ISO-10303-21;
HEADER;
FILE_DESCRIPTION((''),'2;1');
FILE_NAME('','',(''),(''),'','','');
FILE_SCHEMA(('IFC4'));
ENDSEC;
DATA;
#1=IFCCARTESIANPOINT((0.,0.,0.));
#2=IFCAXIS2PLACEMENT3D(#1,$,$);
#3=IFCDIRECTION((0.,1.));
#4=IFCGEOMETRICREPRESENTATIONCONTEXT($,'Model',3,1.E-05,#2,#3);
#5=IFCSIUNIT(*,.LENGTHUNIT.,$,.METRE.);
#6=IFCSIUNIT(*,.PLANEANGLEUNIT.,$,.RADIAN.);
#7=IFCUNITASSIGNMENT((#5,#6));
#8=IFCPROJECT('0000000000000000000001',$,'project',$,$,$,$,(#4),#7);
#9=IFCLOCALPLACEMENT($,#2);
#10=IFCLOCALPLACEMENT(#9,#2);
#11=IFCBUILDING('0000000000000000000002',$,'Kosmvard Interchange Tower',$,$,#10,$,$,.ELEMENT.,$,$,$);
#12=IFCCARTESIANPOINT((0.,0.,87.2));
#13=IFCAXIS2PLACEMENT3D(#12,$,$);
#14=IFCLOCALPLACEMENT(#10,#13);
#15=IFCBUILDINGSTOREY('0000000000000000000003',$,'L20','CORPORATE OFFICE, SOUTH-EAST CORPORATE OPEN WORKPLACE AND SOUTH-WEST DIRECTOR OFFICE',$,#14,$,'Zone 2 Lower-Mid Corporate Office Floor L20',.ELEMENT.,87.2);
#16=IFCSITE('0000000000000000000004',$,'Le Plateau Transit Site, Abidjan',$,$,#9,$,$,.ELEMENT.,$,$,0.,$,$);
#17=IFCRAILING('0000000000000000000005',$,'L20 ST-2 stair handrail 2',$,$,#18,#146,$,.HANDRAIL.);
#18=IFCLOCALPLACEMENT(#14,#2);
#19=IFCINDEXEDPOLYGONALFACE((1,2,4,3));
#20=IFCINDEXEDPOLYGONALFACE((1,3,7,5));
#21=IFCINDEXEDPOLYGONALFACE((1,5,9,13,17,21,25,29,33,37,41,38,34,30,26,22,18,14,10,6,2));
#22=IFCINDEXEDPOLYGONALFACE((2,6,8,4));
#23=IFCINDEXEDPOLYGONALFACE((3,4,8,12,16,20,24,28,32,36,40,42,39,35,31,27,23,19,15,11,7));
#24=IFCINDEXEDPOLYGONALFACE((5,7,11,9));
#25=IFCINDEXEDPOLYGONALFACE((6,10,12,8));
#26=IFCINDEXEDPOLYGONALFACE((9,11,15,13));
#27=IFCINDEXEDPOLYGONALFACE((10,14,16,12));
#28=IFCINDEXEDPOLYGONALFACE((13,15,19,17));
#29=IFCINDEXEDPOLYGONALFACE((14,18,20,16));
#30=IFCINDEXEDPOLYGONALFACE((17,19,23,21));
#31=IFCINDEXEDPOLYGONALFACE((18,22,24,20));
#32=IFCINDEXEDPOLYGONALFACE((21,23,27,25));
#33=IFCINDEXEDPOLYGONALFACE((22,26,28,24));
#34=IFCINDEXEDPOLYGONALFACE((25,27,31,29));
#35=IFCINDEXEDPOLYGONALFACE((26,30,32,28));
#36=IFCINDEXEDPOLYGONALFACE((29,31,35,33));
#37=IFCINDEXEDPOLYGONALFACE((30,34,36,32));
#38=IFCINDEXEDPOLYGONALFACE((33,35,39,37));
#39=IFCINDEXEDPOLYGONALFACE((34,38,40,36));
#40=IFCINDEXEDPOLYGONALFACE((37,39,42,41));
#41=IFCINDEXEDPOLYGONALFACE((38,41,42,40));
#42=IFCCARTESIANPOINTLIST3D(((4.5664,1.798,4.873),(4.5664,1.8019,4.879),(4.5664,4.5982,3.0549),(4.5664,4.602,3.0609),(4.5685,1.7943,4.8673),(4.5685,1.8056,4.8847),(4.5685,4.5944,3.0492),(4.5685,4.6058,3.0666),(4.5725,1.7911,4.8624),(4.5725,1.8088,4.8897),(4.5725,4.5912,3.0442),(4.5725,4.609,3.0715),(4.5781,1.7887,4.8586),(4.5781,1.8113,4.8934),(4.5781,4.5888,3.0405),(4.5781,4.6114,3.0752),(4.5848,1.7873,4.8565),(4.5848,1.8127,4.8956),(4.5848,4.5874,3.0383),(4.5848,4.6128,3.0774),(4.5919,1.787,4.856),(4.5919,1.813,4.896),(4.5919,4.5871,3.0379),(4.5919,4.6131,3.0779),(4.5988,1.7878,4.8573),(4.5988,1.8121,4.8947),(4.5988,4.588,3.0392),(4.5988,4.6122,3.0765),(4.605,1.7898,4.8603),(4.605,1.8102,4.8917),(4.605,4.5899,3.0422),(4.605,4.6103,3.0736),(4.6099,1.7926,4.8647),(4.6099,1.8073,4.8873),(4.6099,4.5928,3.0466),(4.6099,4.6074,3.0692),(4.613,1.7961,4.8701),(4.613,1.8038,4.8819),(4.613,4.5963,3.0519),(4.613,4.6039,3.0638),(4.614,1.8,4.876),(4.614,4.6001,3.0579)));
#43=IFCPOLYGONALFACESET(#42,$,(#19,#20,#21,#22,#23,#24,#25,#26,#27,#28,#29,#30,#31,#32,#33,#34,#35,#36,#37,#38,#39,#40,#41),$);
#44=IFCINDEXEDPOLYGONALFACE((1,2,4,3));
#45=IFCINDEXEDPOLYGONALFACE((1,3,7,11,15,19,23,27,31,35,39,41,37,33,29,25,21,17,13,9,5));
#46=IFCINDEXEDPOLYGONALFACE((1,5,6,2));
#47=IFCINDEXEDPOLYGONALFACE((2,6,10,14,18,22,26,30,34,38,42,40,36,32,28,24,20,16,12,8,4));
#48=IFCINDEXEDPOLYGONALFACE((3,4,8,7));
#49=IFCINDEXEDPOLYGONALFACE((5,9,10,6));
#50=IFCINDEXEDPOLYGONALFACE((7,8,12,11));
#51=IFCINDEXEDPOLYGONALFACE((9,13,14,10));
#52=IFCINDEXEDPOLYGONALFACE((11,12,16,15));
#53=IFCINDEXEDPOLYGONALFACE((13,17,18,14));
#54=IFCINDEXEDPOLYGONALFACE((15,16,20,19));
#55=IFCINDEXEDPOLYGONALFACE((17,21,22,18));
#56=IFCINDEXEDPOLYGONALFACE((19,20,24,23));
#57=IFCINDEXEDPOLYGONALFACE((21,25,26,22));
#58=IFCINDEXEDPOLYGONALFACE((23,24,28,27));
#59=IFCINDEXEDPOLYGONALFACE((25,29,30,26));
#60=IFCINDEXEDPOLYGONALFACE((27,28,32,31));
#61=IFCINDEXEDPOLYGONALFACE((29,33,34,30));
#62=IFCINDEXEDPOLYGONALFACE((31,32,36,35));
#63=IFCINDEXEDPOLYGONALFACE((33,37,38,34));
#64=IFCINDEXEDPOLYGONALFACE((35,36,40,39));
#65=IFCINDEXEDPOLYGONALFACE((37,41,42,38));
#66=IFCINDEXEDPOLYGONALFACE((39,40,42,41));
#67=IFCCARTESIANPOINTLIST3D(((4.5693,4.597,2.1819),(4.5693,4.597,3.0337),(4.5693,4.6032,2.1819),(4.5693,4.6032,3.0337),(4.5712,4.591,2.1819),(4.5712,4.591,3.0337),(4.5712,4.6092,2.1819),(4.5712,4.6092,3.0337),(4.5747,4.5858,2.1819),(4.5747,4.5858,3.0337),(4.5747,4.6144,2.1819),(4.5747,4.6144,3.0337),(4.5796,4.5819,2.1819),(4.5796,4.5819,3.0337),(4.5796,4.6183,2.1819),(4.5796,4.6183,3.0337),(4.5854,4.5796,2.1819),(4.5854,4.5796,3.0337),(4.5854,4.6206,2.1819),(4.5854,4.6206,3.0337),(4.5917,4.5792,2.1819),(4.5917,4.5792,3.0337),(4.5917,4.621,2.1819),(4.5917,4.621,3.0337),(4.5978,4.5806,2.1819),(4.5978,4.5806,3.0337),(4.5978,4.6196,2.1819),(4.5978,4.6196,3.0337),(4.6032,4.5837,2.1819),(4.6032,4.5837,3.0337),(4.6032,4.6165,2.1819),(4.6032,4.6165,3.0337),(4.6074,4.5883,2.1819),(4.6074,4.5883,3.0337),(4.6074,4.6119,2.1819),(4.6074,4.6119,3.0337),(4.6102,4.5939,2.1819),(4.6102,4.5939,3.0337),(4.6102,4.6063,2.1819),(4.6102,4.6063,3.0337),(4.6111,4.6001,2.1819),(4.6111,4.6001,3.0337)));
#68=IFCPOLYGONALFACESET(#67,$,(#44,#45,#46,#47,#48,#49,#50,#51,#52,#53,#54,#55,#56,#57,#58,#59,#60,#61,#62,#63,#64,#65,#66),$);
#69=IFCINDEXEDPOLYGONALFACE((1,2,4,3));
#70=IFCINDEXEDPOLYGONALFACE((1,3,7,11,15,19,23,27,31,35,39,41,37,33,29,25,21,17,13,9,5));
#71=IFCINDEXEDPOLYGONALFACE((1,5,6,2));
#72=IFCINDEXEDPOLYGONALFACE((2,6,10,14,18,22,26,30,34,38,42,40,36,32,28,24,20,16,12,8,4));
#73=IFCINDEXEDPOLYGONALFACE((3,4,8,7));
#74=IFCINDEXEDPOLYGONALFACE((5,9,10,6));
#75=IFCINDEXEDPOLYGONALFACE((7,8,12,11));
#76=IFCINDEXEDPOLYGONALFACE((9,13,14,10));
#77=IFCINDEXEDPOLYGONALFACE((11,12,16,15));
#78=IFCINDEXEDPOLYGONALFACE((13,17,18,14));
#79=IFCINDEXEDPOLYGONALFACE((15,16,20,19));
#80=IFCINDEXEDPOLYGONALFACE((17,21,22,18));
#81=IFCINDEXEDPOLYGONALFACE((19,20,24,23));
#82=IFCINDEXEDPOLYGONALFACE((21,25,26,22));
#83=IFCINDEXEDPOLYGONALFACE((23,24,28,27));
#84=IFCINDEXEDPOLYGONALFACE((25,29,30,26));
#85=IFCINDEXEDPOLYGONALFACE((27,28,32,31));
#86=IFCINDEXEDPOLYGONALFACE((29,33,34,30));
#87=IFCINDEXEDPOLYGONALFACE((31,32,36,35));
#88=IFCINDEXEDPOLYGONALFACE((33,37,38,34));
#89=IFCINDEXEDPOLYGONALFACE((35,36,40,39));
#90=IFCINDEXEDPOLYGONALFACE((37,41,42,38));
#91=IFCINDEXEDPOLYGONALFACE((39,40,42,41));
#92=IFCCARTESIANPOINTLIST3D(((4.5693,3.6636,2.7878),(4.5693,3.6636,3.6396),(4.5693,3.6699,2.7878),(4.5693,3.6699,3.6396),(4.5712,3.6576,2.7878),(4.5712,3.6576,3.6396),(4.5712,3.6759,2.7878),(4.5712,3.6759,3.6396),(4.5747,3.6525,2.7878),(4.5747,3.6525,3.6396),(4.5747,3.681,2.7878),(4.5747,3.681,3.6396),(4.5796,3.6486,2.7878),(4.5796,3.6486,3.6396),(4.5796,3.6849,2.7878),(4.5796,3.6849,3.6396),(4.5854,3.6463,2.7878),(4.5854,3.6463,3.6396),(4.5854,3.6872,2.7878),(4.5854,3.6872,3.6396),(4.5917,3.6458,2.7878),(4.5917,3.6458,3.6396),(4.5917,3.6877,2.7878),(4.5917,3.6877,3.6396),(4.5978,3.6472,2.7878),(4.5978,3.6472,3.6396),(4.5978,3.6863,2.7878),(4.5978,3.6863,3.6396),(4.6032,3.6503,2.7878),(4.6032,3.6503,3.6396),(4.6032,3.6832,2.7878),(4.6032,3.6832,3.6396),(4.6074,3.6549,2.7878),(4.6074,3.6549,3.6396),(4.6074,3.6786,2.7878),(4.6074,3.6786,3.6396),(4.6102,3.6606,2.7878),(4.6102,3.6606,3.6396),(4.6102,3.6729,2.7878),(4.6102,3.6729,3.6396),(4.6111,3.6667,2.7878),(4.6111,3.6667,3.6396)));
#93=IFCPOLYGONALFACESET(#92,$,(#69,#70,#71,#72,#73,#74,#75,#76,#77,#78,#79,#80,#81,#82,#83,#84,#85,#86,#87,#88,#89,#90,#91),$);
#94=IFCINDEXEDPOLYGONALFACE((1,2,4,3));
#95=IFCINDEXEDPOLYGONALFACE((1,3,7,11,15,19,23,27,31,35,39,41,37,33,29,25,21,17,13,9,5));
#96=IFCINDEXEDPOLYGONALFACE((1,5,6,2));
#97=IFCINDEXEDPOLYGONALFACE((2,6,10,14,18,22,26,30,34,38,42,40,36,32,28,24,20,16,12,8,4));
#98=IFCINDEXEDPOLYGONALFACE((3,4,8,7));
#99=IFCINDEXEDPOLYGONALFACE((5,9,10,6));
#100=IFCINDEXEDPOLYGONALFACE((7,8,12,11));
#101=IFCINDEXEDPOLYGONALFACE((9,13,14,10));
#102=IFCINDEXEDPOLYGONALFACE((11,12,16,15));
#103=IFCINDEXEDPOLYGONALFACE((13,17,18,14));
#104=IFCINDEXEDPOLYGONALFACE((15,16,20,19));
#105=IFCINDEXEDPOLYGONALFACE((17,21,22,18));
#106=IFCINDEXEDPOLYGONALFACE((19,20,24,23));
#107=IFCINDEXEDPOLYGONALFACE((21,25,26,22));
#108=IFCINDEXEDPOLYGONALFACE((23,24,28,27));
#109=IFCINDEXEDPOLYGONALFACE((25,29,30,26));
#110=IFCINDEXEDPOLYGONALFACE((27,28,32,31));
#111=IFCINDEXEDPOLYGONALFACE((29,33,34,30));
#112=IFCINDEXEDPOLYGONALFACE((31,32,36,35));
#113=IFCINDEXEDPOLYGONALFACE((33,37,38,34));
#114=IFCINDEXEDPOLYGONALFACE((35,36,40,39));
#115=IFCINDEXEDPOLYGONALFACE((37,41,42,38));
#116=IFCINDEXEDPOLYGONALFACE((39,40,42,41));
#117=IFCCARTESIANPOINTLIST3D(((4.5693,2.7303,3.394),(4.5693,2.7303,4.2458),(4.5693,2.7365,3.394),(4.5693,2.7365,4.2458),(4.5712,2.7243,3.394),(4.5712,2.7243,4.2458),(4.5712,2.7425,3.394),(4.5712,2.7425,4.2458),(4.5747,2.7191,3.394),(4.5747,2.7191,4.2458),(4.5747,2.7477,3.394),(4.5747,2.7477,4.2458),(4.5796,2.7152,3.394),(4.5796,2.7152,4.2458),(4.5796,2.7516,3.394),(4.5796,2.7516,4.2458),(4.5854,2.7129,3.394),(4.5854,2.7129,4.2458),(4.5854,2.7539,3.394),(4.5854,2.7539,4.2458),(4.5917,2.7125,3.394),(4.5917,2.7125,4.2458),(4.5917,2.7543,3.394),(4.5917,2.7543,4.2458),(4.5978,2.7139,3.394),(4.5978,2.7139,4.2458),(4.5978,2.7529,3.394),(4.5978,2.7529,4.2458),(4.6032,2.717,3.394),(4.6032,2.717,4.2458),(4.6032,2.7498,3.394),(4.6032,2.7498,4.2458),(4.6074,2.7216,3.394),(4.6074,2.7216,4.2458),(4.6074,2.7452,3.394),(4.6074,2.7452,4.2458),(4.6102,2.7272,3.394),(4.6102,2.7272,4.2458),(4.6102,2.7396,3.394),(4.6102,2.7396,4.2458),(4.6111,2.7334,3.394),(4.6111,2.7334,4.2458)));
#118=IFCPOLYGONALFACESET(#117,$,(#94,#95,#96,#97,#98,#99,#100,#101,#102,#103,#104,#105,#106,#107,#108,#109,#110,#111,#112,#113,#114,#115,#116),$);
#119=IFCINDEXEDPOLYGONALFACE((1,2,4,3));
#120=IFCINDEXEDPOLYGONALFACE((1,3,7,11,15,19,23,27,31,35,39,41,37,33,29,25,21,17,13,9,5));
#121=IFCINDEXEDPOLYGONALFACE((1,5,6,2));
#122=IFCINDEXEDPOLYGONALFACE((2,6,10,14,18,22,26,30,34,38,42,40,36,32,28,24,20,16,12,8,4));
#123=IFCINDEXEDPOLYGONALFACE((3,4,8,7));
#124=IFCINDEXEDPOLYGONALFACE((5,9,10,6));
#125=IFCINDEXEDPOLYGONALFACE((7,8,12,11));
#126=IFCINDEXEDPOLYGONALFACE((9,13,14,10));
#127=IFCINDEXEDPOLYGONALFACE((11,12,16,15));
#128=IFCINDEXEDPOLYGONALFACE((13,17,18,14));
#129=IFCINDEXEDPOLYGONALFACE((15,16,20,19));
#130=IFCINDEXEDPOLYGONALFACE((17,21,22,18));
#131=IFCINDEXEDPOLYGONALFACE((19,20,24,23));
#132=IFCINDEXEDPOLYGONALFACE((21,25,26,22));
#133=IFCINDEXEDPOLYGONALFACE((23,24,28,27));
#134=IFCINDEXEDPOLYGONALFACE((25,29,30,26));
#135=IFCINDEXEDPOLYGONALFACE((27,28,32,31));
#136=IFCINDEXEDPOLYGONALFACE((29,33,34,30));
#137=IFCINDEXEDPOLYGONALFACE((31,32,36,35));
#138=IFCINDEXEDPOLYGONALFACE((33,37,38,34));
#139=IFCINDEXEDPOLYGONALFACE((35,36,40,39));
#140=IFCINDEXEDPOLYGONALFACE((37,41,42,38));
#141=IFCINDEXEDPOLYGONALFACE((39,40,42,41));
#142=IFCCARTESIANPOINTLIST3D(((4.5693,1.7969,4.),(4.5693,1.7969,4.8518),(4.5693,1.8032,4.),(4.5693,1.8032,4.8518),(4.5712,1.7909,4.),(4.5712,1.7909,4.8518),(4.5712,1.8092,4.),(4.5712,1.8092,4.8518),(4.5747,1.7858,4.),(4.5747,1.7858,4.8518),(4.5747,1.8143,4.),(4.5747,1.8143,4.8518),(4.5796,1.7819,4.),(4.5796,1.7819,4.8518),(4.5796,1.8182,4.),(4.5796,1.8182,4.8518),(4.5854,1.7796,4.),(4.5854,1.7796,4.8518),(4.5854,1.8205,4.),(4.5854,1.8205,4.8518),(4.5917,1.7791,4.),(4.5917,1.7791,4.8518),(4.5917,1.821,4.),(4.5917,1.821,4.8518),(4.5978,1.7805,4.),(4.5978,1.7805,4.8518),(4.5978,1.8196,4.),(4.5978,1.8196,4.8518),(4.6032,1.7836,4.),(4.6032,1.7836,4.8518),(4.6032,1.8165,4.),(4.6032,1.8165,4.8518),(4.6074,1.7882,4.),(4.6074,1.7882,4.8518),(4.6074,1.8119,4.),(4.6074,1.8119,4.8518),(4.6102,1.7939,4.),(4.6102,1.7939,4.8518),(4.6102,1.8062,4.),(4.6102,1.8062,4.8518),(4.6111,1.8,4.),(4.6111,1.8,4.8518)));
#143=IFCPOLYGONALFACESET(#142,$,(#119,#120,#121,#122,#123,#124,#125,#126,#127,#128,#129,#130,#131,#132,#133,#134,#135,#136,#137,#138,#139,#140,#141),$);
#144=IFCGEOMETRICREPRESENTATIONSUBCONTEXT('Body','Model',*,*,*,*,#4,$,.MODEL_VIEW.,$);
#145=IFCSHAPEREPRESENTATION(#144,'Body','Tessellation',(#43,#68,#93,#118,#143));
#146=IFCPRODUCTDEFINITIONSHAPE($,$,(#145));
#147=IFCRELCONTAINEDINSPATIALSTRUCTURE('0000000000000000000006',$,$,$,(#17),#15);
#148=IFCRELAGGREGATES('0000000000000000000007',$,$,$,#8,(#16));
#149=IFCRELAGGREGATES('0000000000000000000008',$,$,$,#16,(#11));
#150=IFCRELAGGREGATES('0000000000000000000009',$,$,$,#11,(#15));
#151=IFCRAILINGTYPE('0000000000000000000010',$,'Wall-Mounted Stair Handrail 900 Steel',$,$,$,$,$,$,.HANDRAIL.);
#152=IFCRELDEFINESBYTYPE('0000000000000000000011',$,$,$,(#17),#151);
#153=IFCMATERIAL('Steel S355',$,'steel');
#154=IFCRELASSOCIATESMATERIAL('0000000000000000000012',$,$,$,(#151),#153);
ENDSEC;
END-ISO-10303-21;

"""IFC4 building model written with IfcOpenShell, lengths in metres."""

from ifc_helpers import new_model, si_unit, direction, frame, origin, origin_2d, place, context, subcontext, project, spatial, circle, extrude, source, transform, mapped, material, type_object, element, save


model = new_model("IFC4")

# Units and contexts
model_context = context("Model", 3, precision=1e-05, world=origin(), true_north=direction((0.0, 1.0)))
body_context = subcontext(model_context, "Body", "Model", "MODEL_VIEW")
ifc_project = project(units=[si_unit("LENGTHUNIT", "METRE"), si_unit("PLANEANGLEUNIT", "RADIAN")], contexts=[model_context])

# Site, building, storey
site_placement = place(None, origin())
site = spatial("IfcSite", under=ifc_project, at=site_placement, Name="Le Plateau Transit Site, Abidjan", CompositionType="ELEMENT", RefElevation=0.0)
building_placement = place(site_placement, origin())
building = spatial("IfcBuilding", under=site, at=building_placement, Name="Kosmvard Interchange Tower", CompositionType="ELEMENT")
storey_placement = place(building_placement, frame((0.0, 0.0, 87.2)))
storey = spatial("IfcBuildingStorey", under=building, at=storey_placement, Name="L20", Description="CORPORATE OFFICE, SOUTH-EAST CORPORATE OPEN WORKPLACE AND SOUTH-WEST DIRECTOR OFFICE", LongName="Zone 2 Lower-Mid Corporate Office Floor L20", CompositionType="ELEMENT", Elevation=87.2)

# Shared definitions
ifc_material_1 = material(Name="Steel S355", Category="steel")

# Railing
railing_type_1 = type_object("IfcRailingType", Name="Wall-Mounted Stair Handrail 900 Steel", PredefinedType="HANDRAIL", material=ifc_material_1)
shared_shape_1 = source(origin(), body_context, "Body", "SweptSolid", [
    extrude(circle(Radius=0.0239, at=origin_2d()), frame((0.0, 0.0, 0.876), z_axis=(0.0, -0.838706, 0.544585), x_axis=(1.0, 0.0, 0.0)), (0.0, 0.0, 1.0), 3.3386),
    extrude(circle(Radius=0.021, at=origin_2d()), origin(), (0.0, 0.0, 1.0), 0.8518),
    extrude(circle(Radius=0.021, at=origin_2d()), frame((0.0, -0.9333, 0.606)), (0.0, 0.0, 1.0), 0.8518),
    extrude(circle(Radius=0.021, at=origin_2d()), frame((0.0, -1.8667, 1.2122)), (0.0, 0.0, 1.0), 0.8518),
    extrude(circle(Radius=0.021, at=origin_2d()), frame((0.0, -2.8, 1.8181)), (0.0, 0.0, 1.0), 0.8518),
])
railing_1_placement = place(storey_placement, frame((4.5901, 4.6001, 2.1819)))
element("IfcRailing", 1, at=railing_1_placement, inside=storey, type_object=railing_type_1, Name="L20 ST-2 stair handrail 2", PredefinedType="HANDRAIL", context=body_context, shape_type="MappedRepresentation", body=[
    mapped(shared_shape_1, transform((0.0, 0.0, 0.0), scale=1.0)),
])

save(model, "model.ifc")
